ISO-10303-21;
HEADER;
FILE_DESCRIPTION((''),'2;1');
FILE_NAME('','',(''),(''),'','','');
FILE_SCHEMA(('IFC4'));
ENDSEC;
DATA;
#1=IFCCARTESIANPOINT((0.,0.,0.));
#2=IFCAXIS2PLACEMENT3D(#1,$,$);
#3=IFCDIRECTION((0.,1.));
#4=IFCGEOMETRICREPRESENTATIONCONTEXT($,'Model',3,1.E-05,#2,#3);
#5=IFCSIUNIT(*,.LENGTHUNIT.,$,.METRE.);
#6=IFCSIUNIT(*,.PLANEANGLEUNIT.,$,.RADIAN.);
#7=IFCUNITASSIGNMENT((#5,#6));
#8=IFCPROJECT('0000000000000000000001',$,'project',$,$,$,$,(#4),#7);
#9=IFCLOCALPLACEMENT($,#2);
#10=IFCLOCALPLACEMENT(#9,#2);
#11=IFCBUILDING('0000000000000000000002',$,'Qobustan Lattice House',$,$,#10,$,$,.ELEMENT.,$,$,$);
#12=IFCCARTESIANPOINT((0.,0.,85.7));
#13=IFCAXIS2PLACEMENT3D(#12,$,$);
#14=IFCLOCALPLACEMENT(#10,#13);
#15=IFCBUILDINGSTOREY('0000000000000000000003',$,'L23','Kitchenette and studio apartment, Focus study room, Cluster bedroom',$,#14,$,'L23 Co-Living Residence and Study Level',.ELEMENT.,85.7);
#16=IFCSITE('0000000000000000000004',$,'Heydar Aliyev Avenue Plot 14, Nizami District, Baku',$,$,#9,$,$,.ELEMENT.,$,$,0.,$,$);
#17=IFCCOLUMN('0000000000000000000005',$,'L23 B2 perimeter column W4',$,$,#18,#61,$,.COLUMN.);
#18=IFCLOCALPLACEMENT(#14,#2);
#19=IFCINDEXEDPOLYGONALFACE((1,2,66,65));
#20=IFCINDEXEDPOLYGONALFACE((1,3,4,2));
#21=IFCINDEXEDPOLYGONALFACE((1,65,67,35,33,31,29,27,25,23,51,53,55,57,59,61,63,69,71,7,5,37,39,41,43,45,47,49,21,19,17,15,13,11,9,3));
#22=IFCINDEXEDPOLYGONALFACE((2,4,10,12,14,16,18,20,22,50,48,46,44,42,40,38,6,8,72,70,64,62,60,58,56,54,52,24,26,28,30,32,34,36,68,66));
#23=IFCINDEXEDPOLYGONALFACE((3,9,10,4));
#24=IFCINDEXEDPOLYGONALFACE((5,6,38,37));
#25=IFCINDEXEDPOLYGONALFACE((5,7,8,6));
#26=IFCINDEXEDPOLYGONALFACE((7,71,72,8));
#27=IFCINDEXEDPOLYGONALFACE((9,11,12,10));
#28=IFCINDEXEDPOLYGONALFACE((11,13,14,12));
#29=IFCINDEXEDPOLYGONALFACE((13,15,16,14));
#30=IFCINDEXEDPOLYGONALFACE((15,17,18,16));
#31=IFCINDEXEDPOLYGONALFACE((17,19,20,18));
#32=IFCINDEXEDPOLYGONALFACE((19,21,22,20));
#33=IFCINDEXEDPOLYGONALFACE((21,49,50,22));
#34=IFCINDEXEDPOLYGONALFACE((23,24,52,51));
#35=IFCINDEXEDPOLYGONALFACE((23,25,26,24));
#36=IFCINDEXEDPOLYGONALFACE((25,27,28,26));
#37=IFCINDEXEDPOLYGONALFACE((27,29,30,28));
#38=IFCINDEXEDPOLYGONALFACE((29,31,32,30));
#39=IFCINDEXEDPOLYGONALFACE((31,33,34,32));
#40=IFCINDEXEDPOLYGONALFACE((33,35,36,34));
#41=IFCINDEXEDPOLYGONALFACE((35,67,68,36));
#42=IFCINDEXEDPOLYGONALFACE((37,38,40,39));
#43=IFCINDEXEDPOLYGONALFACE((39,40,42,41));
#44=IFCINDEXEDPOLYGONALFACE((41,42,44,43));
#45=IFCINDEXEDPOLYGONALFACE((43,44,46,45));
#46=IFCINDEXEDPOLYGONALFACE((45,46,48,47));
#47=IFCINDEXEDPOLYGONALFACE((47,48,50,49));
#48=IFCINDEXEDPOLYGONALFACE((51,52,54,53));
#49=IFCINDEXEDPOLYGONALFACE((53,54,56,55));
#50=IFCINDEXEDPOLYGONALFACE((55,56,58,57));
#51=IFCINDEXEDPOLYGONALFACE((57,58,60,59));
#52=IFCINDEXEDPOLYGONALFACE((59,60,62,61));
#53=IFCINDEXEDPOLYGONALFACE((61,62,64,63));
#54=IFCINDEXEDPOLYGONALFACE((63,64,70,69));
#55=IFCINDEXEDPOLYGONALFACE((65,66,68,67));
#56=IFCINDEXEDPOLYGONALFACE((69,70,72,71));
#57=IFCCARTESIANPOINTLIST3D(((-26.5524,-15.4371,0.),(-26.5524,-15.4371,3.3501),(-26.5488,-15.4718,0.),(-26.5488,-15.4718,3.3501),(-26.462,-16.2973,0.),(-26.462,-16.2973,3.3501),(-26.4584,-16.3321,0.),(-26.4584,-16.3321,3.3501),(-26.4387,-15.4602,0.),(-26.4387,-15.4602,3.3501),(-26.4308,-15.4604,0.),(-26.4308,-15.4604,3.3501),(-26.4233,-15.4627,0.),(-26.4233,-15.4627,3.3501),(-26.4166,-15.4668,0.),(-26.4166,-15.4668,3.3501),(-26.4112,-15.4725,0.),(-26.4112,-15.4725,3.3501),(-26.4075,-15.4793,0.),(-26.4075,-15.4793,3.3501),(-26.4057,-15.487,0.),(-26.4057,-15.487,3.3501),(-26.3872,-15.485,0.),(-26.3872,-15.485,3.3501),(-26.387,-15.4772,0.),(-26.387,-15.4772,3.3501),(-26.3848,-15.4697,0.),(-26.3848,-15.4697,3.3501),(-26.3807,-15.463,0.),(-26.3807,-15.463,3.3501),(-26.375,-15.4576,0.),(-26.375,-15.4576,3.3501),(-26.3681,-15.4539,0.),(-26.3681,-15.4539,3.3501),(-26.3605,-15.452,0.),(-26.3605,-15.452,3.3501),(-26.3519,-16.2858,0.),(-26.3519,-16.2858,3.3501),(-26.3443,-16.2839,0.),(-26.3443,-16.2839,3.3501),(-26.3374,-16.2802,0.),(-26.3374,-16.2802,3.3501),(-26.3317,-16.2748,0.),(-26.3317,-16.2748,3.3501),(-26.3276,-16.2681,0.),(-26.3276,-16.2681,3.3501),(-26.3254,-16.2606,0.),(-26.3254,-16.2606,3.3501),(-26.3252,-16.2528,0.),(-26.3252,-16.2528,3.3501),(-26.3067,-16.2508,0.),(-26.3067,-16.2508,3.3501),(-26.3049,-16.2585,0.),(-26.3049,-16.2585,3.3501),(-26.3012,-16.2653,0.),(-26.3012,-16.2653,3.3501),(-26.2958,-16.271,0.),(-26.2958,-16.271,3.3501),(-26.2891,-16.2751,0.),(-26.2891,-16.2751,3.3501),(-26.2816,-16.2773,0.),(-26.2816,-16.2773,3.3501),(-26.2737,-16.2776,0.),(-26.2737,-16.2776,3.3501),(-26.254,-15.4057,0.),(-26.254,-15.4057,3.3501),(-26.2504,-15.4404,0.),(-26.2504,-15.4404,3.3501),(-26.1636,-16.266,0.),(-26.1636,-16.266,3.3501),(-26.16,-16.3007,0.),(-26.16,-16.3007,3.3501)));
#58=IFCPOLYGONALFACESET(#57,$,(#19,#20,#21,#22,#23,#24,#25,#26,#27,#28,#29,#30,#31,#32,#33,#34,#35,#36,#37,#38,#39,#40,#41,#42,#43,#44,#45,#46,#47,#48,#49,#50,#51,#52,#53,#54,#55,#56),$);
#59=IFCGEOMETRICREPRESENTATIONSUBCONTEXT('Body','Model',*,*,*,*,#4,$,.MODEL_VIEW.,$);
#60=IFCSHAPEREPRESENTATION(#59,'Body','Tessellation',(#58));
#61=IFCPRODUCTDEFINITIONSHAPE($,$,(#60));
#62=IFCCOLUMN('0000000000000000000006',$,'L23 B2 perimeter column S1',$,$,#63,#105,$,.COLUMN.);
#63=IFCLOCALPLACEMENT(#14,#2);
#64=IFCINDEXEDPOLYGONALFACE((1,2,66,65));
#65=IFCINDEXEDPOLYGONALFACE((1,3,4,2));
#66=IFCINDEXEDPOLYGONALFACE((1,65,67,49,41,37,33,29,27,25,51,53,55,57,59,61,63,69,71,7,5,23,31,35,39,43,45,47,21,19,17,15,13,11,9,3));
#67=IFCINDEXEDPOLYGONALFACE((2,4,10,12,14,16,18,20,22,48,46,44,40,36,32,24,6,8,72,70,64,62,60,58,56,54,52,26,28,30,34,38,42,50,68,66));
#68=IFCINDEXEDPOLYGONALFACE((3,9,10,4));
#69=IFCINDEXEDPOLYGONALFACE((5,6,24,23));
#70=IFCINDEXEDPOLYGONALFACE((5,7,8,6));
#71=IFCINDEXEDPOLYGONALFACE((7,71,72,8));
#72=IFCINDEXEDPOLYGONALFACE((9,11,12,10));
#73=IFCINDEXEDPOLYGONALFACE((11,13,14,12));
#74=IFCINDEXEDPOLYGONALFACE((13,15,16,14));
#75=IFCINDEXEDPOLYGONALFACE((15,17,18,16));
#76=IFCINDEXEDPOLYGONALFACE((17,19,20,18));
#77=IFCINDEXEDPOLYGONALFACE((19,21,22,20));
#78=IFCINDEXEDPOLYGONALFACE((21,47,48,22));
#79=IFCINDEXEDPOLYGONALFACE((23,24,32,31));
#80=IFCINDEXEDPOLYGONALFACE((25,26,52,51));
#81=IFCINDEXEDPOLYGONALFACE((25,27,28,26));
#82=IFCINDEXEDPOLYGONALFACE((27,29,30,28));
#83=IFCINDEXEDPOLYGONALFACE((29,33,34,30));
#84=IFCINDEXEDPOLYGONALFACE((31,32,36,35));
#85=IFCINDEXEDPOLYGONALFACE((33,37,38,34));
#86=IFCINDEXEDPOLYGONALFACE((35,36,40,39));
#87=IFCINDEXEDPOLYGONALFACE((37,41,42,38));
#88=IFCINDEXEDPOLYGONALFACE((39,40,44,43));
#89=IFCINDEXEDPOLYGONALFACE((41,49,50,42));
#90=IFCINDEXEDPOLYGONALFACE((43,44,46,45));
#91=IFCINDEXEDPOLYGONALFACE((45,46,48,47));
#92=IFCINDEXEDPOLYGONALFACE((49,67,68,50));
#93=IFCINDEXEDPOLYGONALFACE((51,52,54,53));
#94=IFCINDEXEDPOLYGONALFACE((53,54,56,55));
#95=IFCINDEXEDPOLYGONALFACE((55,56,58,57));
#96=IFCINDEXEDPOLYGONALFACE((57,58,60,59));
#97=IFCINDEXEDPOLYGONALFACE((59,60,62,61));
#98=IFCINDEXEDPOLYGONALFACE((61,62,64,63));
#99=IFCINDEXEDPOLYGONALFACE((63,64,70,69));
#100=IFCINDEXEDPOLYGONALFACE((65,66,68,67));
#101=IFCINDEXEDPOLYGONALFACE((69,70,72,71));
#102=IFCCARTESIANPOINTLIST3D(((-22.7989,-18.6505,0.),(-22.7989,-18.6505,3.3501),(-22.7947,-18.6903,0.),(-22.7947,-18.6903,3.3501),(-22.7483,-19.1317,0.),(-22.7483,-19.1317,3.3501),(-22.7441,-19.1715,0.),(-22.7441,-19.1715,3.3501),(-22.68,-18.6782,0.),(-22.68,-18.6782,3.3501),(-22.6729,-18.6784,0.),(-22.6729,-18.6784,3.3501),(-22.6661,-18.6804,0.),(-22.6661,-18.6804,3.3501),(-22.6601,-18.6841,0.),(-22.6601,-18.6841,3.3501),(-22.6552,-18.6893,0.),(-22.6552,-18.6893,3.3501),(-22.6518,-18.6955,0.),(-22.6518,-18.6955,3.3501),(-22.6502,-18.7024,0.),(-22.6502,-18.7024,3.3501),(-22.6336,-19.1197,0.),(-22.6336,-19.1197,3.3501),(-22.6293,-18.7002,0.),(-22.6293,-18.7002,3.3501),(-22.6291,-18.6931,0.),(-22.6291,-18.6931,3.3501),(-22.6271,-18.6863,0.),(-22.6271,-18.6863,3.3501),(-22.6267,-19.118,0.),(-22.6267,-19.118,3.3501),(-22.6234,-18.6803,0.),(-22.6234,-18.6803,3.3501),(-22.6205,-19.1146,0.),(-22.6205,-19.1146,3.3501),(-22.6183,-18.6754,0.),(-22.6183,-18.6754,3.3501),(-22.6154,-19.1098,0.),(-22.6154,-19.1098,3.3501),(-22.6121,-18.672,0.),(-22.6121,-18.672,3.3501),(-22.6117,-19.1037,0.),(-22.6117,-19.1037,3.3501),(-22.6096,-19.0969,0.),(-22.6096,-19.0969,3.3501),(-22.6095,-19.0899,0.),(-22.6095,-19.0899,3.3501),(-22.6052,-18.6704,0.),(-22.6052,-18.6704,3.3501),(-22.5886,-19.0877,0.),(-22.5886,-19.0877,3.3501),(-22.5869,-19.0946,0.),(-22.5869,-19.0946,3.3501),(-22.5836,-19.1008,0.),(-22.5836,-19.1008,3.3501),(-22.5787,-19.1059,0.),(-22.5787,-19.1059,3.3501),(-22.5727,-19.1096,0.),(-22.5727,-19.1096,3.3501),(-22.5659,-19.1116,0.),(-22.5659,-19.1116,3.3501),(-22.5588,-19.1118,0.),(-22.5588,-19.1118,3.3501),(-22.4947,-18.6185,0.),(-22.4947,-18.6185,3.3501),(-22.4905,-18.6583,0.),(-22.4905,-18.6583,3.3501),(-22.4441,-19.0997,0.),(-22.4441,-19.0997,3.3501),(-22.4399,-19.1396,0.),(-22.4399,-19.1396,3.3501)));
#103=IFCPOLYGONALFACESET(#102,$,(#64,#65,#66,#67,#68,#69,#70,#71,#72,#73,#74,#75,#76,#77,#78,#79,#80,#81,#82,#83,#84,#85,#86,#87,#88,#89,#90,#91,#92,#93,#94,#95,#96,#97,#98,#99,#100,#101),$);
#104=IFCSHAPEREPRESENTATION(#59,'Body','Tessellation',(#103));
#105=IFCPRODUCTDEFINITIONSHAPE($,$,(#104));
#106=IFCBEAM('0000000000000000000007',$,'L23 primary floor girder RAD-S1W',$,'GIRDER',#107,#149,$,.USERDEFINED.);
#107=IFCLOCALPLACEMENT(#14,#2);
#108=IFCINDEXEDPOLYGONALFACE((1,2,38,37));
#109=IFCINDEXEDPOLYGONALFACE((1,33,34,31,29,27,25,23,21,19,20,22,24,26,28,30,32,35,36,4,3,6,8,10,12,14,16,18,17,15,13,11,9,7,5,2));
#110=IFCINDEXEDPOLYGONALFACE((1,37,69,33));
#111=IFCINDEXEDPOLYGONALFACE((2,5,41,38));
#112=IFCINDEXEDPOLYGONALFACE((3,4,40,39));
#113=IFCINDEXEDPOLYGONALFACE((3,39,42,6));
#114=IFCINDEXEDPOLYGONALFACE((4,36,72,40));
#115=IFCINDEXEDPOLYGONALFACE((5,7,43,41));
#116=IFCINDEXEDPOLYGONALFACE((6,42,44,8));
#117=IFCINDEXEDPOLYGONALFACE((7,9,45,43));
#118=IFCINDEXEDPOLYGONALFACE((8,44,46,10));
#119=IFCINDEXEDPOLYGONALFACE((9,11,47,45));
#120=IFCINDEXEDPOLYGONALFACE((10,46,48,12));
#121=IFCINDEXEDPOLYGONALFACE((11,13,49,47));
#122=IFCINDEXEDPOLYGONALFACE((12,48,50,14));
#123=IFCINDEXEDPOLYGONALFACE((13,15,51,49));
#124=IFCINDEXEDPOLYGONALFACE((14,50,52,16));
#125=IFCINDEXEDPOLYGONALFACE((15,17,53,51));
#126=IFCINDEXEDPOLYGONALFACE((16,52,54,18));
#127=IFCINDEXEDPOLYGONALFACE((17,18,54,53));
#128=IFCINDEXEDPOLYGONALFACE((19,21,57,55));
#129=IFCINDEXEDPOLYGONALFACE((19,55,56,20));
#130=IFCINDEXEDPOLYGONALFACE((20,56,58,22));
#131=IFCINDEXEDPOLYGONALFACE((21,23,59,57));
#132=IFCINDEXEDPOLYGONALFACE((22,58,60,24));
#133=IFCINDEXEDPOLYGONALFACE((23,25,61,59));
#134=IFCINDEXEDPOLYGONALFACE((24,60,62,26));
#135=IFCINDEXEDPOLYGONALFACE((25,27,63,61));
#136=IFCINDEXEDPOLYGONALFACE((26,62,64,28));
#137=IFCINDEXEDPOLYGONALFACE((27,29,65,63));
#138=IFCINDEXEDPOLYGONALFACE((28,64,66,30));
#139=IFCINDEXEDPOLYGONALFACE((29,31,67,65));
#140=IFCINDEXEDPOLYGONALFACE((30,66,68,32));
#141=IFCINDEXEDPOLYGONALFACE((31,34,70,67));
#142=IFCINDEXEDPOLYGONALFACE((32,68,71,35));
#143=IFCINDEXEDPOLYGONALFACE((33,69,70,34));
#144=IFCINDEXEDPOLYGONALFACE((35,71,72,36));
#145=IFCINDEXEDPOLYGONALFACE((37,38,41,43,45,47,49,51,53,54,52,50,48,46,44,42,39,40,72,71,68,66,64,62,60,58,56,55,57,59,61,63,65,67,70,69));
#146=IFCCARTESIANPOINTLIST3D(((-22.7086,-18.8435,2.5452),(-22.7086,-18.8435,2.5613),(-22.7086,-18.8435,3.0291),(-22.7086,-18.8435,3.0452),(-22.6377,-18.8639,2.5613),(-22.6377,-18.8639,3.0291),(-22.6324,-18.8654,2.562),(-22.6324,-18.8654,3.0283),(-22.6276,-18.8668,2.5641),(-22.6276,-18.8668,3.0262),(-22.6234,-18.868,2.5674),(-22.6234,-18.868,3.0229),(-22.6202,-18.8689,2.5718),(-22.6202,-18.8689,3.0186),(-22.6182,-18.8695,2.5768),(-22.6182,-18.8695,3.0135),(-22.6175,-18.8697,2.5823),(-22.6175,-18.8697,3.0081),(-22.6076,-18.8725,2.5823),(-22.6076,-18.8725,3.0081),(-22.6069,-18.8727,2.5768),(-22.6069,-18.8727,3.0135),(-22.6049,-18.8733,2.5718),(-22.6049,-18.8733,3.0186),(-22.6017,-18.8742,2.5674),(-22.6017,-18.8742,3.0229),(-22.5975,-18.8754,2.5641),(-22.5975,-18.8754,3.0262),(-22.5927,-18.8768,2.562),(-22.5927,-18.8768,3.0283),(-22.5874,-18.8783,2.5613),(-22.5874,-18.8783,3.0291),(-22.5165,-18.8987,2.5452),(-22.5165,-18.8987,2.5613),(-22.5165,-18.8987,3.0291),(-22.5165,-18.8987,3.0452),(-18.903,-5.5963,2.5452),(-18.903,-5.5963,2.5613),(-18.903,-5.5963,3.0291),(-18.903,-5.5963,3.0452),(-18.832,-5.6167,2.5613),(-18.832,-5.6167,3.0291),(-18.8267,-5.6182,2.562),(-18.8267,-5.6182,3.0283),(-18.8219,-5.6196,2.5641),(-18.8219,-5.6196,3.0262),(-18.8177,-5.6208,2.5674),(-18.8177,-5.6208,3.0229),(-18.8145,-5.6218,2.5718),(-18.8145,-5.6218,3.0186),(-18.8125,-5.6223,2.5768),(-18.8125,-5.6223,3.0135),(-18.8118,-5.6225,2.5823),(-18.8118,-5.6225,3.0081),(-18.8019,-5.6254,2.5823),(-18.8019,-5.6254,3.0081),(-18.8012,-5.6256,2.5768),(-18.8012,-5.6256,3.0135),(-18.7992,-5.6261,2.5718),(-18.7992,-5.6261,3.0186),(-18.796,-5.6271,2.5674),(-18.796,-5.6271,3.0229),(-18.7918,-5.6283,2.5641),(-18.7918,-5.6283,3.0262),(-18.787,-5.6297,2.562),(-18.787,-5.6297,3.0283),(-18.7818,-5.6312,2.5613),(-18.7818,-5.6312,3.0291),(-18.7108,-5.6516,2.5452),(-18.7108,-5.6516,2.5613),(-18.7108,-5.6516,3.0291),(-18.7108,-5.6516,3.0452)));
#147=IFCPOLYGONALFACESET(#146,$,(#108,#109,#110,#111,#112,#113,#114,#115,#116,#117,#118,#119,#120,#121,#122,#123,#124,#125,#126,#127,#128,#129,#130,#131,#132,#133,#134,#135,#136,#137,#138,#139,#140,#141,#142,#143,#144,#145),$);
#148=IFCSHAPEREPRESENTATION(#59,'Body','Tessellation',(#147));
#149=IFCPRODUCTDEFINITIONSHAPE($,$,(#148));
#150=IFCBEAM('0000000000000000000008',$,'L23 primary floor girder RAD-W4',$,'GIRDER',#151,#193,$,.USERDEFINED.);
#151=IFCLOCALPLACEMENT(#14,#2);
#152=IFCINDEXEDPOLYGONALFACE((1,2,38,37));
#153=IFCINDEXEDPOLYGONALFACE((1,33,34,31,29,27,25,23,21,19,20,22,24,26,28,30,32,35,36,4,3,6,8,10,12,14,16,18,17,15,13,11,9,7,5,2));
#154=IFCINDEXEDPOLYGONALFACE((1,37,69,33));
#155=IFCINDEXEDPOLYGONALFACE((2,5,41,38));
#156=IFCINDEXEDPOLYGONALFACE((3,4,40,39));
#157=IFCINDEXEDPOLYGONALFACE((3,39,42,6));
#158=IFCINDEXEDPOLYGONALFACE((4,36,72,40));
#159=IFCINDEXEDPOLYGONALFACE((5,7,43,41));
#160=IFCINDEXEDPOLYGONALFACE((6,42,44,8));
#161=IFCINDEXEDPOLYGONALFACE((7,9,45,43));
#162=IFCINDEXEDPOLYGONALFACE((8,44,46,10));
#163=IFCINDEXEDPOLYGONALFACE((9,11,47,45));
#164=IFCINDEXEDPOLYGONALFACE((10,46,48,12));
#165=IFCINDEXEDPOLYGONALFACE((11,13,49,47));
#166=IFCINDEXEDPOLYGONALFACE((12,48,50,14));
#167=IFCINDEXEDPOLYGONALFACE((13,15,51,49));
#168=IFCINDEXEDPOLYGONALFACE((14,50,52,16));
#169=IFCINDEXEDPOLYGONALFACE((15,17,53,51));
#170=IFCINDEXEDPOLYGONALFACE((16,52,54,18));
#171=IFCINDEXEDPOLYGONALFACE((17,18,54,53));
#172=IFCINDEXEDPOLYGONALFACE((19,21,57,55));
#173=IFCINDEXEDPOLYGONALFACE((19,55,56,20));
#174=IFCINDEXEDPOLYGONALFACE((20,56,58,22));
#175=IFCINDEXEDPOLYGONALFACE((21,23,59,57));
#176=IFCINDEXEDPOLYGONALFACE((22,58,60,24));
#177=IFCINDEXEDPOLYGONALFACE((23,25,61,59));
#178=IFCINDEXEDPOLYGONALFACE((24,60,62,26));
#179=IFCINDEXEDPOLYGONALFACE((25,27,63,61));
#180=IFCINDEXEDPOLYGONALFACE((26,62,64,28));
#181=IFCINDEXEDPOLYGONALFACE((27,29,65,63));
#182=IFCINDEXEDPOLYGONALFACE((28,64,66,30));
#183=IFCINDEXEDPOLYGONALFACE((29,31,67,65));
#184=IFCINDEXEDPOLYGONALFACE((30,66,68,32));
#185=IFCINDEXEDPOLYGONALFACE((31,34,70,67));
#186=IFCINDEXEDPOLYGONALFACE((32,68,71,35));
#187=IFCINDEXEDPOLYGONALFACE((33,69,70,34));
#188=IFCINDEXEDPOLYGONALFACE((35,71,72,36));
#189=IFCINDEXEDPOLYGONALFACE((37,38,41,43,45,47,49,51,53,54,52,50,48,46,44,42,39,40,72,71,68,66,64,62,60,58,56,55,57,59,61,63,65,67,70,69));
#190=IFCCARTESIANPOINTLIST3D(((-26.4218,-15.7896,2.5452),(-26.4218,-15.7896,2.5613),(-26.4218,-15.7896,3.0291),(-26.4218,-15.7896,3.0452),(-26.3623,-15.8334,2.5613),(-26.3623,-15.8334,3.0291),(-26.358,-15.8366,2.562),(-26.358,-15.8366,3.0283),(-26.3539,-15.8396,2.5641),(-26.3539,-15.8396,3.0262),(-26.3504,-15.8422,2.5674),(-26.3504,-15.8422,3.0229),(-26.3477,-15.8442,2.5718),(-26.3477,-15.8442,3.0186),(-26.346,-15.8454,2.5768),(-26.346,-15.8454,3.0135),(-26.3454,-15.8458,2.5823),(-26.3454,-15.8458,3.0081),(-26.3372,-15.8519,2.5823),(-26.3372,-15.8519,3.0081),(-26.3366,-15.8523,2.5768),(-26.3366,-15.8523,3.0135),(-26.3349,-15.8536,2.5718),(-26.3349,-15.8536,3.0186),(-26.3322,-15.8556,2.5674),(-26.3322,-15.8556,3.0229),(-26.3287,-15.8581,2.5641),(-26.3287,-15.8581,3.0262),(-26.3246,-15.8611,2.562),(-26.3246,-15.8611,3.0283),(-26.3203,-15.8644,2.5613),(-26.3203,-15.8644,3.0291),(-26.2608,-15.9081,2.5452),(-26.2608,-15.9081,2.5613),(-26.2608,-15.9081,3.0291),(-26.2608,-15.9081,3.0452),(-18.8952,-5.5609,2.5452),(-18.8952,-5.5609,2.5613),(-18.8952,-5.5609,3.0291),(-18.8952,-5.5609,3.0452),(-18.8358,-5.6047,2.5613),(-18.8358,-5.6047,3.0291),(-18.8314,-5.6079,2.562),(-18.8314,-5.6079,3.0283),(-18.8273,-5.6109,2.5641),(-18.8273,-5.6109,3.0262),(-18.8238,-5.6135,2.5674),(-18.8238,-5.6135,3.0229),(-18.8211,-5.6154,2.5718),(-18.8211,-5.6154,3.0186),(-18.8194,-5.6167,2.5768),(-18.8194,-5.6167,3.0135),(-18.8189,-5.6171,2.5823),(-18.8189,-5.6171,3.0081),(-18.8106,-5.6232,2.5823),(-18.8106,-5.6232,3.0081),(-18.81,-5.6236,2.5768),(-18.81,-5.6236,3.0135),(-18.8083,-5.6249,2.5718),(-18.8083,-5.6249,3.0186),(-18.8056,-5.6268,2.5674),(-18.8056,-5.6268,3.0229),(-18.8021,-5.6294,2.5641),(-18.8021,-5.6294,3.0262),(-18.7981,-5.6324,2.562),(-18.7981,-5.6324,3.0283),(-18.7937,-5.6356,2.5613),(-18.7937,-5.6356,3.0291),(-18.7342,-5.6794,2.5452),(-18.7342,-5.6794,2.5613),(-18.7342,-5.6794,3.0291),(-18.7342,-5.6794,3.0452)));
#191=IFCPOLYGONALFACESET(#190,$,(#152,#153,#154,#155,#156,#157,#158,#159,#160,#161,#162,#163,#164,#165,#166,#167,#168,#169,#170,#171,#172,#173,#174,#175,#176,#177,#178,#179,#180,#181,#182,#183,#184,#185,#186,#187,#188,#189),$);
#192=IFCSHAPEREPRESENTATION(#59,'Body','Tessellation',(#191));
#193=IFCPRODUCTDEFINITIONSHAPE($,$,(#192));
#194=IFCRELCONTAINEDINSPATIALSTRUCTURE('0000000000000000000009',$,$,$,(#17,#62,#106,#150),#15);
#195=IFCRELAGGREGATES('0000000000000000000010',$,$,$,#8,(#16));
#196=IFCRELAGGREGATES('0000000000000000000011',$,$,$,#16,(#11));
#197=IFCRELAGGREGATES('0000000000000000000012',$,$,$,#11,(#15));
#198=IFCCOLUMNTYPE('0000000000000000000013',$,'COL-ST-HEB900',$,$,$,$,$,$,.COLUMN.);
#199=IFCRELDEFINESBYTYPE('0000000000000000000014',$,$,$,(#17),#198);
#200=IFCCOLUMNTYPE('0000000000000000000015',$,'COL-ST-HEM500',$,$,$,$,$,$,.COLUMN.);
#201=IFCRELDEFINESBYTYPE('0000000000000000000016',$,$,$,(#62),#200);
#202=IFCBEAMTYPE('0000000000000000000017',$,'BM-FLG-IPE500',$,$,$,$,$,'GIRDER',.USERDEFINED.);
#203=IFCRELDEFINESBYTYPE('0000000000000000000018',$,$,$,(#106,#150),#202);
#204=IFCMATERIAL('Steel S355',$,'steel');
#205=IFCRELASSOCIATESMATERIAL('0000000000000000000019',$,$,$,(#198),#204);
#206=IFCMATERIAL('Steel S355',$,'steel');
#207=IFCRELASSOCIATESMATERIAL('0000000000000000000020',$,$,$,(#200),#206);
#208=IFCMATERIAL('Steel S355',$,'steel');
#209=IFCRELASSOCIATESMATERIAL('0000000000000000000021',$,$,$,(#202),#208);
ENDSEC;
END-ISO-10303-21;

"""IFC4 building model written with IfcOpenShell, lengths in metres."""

from ifc_helpers import new_model, si_unit, direction, frame, origin, origin_2d, place, context, subcontext, project, spatial, i_section, extrude, material, material_profile, profile_set, type_object, element, save


model = new_model("IFC4")

# Units and contexts
model_context = context("Model", 3, precision=1e-05, world=origin(), true_north=direction((0.0, 1.0)))
body_context = subcontext(model_context, "Body", "Model", "MODEL_VIEW")
ifc_project = project(units=[si_unit("LENGTHUNIT", "METRE"), si_unit("PLANEANGLEUNIT", "RADIAN")], contexts=[model_context])

# Site, building, storey
site_placement = place(None, origin())
site = spatial("IfcSite", under=ifc_project, at=site_placement, Name="Heydar Aliyev Avenue Plot 14, Nizami District, Baku", CompositionType="ELEMENT", RefElevation=0.0)
building_placement = place(site_placement, origin())
building = spatial("IfcBuilding", under=site, at=building_placement, Name="Qobustan Lattice House", CompositionType="ELEMENT")
storey_placement = place(building_placement, frame((0.0, 0.0, 85.7)))
storey = spatial("IfcBuildingStorey", under=building, at=storey_placement, Name="L23", Description="Kitchenette and studio apartment, Focus study room, Cluster bedroom", LongName="L23 Co-Living Residence and Study Level", CompositionType="ELEMENT", Elevation=85.7)

# Columns
ifc_material_1 = material(Name="Steel S355", Category="steel")
ifc_material_profile_1 = material_profile(ifc_material_1, i_section(OverallWidth=0.3, OverallDepth=0.8999, WebThickness=0.0186, FlangeThickness=0.0349, FilletRadius=0.03, at=origin_2d()), Name="HEB900")
ifc_profile_set_1 = profile_set([ifc_material_profile_1], Name="Steel S355")
column_type_1 = type_object("IfcColumnType", Name="COL-ST-HEB900", PredefinedType="COLUMN", material=ifc_profile_set_1)
column_1_placement = place(storey_placement, frame((-26.3562, -15.8689, 0.0), z_axis=(0.0, 0.0, 1.0), x_axis=(0.994522, 0.104528, 0.0)))
element("IfcColumn", 1, at=column_1_placement, inside=storey, type_object=column_type_1, Name="L23 B2 perimeter column W4", PredefinedType="COLUMN", context=body_context, shape_type="SweptSolid", body=[
    extrude(i_section(OverallWidth=0.3, OverallDepth=0.8999, WebThickness=0.0186, FlangeThickness=0.0349, FilletRadius=0.03, at=origin_2d()), origin(), (0.0, 0.0, 1.0), 3.3501),
])
ifc_material_2 = material(Name="Steel S355", Category="steel")
ifc_material_profile_2 = material_profile(ifc_material_2, i_section(OverallWidth=0.3059, OverallDepth=0.5239, WebThickness=0.021, FlangeThickness=0.04, FilletRadius=0.0271, at=origin_2d()), Name="HEM500")
ifc_profile_set_2 = profile_set([ifc_material_profile_2], Name="Steel S355")
column_type_2 = type_object("IfcColumnType", Name="COL-ST-HEM500", PredefinedType="COLUMN", material=ifc_profile_set_2)
column_2_placement = place(storey_placement, frame((-22.6194, -18.895, 0.0), z_axis=(0.0, 0.0, 1.0), x_axis=(0.994522, 0.104528, 0.0)))
element("IfcColumn", 2, at=column_2_placement, inside=storey, type_object=column_type_2, Name="L23 B2 perimeter column S1", PredefinedType="COLUMN", context=body_context, shape_type="SweptSolid", body=[
    extrude(i_section(OverallWidth=0.3059, OverallDepth=0.5239, WebThickness=0.021, FlangeThickness=0.04, FilletRadius=0.0271, at=origin_2d()), origin(), (0.0, 0.0, 1.0), 3.3501),
])

# Beams
ifc_material_3 = material(Name="Steel S355", Category="steel")
ifc_material_profile_3 = material_profile(ifc_material_3, i_section(OverallWidth=0.2, OverallDepth=0.5, WebThickness=0.0103, FlangeThickness=0.0161, FilletRadius=0.021, at=origin_2d()), Name="IPE500")
ifc_profile_set_3 = profile_set([ifc_material_profile_3], Name="Steel S355")
beam_type_1 = type_object("IfcBeamType", Name="BM-FLG-IPE500", ElementType="GIRDER", PredefinedType="USERDEFINED", material=ifc_profile_set_3)
beam_1_placement = place(storey_placement, frame((-22.6125, -18.8711, 2.7952), z_axis=(0.276115, 0.961125, 0.0), x_axis=(-0.961125, 0.276115, 0.0)))
element("IfcBeam", 3, at=beam_1_placement, inside=storey, type_object=beam_type_1, Name="L23 primary floor girder RAD-S1W", ObjectType="GIRDER", PredefinedType="USERDEFINED", context=body_context, shape_type="SweptSolid", body=[
    extrude(i_section(OverallWidth=0.2, OverallDepth=0.5, WebThickness=0.0103, FlangeThickness=0.0161, FilletRadius=0.021, at=origin_2d()), origin(), (0.0, 0.0, 1.0), 13.783),
])
beam_2_placement = place(storey_placement, frame((-26.3413, -15.8489, 2.7952), z_axis=(0.59267, 0.805446, 0.0), x_axis=(-0.805446, 0.59267, 0.0)))
element("IfcBeam", 4, at=beam_2_placement, inside=storey, type_object=beam_type_1, Name="L23 primary floor girder RAD-W4", ObjectType="GIRDER", PredefinedType="USERDEFINED", context=body_context, shape_type="SweptSolid", body=[
    extrude(i_section(OverallWidth=0.2, OverallDepth=0.5, WebThickness=0.0103, FlangeThickness=0.0161, FilletRadius=0.021, at=origin_2d()), origin(), (0.0, 0.0, 1.0), 12.6995),
])

save(model, "model.ifc")
